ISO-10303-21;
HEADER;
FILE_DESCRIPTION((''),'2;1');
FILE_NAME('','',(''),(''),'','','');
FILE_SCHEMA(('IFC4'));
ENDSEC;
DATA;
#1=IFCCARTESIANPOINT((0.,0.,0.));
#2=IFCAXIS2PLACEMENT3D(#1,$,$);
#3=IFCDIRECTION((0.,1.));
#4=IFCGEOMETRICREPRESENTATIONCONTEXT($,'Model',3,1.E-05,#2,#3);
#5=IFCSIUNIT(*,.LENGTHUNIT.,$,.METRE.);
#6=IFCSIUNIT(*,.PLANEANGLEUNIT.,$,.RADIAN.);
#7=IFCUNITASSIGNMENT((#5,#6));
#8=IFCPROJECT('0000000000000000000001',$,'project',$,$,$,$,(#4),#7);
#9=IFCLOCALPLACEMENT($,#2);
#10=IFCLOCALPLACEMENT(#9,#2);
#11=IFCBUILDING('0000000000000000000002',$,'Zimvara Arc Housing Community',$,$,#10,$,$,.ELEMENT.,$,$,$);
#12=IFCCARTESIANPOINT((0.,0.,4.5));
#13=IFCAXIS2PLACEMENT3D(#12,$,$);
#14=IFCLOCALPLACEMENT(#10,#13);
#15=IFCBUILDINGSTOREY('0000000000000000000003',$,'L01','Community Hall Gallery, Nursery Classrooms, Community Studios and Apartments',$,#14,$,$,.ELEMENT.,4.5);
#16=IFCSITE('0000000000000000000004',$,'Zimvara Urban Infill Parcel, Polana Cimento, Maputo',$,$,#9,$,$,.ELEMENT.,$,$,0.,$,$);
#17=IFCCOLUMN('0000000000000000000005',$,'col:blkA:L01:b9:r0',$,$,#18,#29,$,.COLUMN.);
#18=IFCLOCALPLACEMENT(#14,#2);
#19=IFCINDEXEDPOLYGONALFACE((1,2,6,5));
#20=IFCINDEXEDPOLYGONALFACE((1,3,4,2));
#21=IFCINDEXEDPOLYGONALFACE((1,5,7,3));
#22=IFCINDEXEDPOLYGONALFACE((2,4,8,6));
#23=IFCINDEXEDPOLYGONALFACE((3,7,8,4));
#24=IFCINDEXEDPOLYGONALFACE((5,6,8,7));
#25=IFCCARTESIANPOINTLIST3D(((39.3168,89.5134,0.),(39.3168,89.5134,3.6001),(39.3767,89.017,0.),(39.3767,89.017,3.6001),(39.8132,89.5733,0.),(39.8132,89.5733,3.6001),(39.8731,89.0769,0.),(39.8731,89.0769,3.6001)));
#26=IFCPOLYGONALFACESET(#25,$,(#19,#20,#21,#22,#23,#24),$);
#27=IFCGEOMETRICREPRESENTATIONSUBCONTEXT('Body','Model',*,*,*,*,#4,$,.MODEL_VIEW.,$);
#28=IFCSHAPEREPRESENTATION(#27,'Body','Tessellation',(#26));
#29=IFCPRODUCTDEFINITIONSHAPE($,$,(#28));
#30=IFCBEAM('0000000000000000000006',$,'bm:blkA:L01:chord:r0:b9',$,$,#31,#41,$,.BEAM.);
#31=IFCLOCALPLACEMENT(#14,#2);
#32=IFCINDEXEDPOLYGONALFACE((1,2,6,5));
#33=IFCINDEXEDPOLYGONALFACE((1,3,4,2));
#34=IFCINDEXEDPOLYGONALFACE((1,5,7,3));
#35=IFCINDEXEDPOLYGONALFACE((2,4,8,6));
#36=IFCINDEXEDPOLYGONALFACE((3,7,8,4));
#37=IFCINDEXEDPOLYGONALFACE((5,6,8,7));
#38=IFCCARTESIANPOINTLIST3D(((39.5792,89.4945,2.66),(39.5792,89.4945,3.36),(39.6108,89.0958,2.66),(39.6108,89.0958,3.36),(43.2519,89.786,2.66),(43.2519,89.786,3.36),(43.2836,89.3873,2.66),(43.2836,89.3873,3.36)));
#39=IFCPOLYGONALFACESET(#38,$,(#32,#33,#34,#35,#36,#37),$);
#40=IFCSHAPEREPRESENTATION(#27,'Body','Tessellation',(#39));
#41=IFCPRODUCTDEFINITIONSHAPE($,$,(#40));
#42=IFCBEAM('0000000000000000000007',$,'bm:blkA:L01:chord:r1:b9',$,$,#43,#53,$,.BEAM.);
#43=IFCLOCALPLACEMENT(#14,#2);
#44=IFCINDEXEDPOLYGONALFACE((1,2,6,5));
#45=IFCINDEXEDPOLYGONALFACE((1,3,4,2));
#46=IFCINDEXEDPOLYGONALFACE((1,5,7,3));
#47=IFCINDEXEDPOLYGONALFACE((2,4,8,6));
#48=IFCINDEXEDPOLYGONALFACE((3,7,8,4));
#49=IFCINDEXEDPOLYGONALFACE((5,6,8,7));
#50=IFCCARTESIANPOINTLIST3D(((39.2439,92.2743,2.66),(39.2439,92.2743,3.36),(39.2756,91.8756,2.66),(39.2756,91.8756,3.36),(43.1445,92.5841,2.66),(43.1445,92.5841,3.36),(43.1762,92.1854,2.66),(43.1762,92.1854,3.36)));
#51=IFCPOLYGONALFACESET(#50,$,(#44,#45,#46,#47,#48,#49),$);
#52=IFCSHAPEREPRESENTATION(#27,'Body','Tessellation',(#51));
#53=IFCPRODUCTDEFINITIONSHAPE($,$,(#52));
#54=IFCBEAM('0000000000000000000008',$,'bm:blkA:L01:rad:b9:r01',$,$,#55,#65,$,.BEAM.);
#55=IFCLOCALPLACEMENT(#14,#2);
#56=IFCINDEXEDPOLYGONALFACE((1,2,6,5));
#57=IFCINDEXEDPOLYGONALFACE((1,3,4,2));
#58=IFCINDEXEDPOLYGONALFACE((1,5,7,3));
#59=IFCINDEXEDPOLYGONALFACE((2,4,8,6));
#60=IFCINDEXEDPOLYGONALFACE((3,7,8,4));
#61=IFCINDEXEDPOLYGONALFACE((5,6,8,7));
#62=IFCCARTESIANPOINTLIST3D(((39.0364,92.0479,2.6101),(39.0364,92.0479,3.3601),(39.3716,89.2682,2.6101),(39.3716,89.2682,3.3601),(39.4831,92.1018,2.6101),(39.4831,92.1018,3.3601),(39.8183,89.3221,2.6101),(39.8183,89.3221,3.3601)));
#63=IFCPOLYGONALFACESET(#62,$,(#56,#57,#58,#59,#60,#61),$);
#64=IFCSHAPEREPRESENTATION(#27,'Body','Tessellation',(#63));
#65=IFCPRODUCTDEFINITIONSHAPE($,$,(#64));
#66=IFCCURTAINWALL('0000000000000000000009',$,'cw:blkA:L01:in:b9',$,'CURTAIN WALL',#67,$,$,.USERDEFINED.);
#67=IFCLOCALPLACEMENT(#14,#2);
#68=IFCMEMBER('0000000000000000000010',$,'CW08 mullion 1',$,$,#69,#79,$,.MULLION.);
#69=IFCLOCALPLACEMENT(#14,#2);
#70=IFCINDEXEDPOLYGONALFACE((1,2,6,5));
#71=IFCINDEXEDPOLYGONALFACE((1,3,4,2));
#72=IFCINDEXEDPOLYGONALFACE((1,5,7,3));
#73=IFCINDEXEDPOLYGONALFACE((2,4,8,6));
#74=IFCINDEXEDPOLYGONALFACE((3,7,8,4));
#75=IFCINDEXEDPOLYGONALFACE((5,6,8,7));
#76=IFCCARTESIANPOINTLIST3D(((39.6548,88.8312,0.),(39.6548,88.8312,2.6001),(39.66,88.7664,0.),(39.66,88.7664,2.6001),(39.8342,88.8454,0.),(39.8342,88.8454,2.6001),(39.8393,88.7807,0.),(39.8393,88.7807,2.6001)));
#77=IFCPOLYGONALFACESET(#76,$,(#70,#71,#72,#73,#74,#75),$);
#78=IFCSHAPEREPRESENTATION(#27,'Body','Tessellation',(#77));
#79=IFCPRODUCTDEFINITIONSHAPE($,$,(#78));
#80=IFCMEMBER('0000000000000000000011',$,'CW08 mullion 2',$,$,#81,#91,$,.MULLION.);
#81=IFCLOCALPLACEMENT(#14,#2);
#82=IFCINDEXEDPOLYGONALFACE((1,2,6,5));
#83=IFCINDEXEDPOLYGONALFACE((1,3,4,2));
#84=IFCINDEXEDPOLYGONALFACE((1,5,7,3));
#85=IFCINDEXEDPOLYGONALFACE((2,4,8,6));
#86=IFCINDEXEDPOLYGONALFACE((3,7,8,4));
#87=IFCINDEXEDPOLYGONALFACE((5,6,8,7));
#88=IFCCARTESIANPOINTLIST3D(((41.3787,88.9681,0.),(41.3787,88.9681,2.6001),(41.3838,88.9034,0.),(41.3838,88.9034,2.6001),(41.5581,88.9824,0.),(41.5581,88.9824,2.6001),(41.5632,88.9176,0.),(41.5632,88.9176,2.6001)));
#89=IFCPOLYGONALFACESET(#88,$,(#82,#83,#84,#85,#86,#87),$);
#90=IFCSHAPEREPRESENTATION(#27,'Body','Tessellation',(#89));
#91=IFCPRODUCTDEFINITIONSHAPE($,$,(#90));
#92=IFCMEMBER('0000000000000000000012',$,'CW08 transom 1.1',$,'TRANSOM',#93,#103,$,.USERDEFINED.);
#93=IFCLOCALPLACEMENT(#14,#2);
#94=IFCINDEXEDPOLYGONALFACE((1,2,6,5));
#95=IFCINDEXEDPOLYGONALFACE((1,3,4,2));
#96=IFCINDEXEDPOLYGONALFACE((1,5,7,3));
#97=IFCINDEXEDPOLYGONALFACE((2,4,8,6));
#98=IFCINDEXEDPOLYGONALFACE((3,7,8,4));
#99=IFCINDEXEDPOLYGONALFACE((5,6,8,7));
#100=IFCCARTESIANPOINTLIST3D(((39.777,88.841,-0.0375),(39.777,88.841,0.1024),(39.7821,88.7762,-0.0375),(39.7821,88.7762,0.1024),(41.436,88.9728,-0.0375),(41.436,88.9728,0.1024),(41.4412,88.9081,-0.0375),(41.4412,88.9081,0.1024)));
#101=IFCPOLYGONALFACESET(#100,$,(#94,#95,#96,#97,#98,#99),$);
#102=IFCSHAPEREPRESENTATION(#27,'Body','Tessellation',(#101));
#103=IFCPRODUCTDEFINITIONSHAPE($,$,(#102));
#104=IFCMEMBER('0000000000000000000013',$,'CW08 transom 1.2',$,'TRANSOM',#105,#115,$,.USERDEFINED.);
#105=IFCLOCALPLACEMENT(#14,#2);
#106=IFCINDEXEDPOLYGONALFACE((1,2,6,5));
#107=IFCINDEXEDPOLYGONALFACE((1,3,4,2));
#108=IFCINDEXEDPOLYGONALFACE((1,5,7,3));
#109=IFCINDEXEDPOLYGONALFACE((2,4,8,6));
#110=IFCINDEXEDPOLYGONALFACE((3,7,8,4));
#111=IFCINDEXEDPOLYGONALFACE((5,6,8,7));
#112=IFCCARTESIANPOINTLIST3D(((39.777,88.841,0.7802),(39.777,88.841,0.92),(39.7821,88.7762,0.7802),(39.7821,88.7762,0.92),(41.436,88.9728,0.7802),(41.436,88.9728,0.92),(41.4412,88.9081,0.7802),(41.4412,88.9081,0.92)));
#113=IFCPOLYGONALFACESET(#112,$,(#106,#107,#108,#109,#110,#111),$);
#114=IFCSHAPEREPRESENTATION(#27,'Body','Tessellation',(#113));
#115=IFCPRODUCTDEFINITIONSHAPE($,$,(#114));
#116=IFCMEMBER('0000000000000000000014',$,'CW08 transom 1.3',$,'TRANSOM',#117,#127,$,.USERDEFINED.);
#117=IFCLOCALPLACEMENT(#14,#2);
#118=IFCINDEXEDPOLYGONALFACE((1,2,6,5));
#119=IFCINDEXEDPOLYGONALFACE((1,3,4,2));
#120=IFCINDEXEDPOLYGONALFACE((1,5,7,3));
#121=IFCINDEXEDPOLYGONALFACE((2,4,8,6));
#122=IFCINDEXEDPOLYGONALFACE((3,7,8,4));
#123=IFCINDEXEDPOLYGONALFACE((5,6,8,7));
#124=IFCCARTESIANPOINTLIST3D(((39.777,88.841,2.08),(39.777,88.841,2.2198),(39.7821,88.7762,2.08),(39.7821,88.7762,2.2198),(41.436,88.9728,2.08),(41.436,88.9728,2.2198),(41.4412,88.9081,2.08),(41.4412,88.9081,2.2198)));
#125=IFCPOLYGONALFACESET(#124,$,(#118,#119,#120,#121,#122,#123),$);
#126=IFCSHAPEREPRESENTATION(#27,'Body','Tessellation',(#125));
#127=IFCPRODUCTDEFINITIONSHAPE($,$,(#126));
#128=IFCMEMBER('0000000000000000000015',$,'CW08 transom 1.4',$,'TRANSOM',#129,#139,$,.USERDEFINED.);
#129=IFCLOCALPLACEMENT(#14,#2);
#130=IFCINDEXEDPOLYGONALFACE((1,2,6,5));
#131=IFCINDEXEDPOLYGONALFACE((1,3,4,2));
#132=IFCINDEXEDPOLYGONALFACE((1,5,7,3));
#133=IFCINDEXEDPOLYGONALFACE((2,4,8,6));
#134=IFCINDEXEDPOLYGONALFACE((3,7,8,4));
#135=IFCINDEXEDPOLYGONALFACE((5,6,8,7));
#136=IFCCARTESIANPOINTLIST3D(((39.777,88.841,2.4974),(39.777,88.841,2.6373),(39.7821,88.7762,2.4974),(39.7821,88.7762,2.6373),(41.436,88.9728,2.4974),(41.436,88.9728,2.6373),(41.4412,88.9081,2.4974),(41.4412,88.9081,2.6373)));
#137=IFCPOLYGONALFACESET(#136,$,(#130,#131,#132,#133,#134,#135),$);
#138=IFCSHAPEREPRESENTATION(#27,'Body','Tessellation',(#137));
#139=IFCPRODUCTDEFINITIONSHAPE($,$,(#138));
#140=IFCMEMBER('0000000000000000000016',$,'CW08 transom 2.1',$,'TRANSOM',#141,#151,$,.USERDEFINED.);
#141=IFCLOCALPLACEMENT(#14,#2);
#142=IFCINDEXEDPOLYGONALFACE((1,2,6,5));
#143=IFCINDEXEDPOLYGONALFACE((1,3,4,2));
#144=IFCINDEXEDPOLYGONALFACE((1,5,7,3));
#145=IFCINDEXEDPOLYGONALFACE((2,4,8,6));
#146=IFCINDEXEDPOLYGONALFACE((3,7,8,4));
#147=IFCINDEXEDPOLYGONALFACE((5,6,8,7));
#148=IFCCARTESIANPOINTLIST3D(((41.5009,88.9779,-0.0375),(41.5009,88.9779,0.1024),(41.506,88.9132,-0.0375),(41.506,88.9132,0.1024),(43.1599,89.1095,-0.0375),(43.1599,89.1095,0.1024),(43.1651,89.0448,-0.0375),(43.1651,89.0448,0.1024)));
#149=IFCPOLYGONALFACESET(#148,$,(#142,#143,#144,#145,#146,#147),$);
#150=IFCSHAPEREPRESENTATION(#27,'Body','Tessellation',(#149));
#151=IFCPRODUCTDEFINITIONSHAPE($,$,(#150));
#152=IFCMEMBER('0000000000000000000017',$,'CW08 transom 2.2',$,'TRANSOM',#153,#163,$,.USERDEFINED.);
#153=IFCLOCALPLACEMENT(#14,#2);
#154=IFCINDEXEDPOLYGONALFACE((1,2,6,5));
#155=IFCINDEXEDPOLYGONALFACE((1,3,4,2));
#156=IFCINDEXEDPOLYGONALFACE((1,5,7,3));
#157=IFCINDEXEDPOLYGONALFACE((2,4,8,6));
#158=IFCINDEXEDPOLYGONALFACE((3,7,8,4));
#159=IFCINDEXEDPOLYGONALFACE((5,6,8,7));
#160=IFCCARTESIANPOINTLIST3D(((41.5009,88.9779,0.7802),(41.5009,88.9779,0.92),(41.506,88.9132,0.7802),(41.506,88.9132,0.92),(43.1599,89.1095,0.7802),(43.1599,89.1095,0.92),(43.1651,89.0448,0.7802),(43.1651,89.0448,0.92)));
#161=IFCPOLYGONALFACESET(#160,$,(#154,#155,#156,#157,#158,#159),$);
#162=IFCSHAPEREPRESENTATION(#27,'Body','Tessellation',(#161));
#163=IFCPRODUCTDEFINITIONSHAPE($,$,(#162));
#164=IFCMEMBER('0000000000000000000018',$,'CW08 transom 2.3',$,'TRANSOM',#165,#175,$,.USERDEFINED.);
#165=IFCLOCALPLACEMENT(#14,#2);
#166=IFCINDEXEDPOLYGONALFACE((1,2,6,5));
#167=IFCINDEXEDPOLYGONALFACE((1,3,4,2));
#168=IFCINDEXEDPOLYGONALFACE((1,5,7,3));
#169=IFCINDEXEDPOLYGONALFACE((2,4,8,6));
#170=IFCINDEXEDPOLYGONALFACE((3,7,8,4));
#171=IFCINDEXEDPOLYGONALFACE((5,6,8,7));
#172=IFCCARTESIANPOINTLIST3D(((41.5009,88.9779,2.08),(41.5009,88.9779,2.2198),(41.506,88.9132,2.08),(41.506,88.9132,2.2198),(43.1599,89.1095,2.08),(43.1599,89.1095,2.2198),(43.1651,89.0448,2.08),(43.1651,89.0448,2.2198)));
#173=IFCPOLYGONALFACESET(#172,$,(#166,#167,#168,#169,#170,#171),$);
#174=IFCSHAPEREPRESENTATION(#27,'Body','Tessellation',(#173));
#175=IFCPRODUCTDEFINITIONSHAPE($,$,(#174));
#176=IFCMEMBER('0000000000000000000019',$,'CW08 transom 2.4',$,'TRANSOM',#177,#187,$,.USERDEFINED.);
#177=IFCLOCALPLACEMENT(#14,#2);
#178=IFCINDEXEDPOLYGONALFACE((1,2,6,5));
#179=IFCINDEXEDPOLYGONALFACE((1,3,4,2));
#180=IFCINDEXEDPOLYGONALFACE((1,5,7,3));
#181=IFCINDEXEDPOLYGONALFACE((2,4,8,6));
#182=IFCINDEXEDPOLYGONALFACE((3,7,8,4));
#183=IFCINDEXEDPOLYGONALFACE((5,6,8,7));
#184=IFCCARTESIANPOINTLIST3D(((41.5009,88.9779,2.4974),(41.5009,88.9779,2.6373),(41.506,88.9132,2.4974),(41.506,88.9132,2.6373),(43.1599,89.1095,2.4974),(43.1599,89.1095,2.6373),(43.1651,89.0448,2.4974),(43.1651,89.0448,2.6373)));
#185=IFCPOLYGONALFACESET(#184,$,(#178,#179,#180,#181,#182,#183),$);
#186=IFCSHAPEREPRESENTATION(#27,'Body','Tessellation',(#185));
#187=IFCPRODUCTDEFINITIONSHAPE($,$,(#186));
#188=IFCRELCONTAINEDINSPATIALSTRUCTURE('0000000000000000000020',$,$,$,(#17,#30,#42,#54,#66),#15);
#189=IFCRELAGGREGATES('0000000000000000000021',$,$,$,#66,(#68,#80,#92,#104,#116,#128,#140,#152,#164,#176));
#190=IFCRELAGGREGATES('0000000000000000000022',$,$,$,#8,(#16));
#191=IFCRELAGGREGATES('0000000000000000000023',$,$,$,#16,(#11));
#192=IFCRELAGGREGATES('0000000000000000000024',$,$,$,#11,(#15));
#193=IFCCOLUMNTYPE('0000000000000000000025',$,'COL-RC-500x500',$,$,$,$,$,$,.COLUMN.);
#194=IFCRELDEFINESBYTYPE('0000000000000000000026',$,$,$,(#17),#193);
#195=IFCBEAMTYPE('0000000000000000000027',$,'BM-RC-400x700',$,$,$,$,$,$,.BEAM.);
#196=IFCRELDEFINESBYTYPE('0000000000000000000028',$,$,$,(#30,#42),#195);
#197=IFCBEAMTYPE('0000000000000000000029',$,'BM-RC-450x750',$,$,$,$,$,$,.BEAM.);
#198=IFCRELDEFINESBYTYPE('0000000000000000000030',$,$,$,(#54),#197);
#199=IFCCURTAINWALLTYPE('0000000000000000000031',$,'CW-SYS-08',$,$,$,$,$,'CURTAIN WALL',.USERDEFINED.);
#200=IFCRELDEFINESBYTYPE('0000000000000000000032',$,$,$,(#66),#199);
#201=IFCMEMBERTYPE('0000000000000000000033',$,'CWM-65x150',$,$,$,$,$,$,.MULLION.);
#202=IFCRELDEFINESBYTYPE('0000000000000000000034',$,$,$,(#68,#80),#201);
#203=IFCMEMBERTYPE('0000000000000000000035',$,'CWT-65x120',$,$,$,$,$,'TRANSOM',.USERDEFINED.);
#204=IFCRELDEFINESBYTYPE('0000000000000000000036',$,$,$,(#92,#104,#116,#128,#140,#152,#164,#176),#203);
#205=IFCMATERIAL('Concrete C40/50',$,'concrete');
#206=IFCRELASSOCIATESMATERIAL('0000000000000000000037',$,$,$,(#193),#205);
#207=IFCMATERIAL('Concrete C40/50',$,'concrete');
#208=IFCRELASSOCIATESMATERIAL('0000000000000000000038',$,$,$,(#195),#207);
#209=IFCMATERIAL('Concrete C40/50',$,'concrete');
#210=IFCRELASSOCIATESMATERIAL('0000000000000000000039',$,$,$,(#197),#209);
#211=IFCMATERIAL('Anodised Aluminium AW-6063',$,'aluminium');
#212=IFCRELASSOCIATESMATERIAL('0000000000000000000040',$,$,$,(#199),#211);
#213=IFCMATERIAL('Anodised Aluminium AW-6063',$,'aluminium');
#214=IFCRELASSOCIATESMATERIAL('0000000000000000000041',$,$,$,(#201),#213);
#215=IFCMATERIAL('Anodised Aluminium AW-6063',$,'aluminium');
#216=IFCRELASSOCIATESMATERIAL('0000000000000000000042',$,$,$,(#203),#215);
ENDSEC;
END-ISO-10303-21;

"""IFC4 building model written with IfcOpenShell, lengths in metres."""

from ifc_helpers import new_model, si_unit, direction, frame, origin, origin_2d, place, context, subcontext, project, spatial, rectangle, extrude, material, material_profile, profile_set, type_object, element, aggregate, save


model = new_model("IFC4")

# Units and contexts
model_context = context("Model", 3, precision=1e-05, world=origin(), true_north=direction((0.0, 1.0)))
body_context = subcontext(model_context, "Body", "Model", "MODEL_VIEW")
ifc_project = project(units=[si_unit("LENGTHUNIT", "METRE"), si_unit("PLANEANGLEUNIT", "RADIAN")], contexts=[model_context])

# Site, building, storey
site_placement = place(None, origin())
site = spatial("IfcSite", under=ifc_project, at=site_placement, Name="Zimvara Urban Infill Parcel, Polana Cimento, Maputo", CompositionType="ELEMENT", RefElevation=0.0)
building_placement = place(site_placement, origin())
building = spatial("IfcBuilding", under=site, at=building_placement, Name="Zimvara Arc Housing Community", CompositionType="ELEMENT")
storey_placement = place(building_placement, frame((0.0, 0.0, 4.5)))
storey = spatial("IfcBuildingStorey", under=building, at=storey_placement, Name="L01", Description="Community Hall Gallery, Nursery Classrooms, Community Studios and Apartments", CompositionType="ELEMENT", Elevation=4.5)

# Column
ifc_material_1 = material(Name="Concrete C40/50", Category="concrete")
ifc_material_profile_1 = material_profile(ifc_material_1, rectangle(XDim=0.5, YDim=0.5, at=origin_2d()), Name="RC 500x500")
ifc_profile_set_1 = profile_set([ifc_material_profile_1], Name="Concrete C40/50")
column_type = type_object("IfcColumnType", Name="COL-RC-500x500", PredefinedType="COLUMN", material=ifc_profile_set_1)
column_placement = place(storey_placement, frame((39.595, 89.2952, 0.0), z_axis=(0.0, 0.0, 1.0), x_axis=(-0.11979, 0.992799, 0.0)))
element("IfcColumn", 1, at=column_placement, inside=storey, type_object=column_type, Name="col:blkA:L01:b9:r0", PredefinedType="COLUMN", context=body_context, shape_type="SweptSolid", body=[
    extrude(rectangle(XDim=0.5, YDim=0.5, at=origin_2d()), origin(), (0.0, 0.0, 1.0), 3.6001),
])

# Beams
ifc_material_2 = material(Name="Concrete C40/50", Category="concrete")
ifc_material_profile_2 = material_profile(ifc_material_2, rectangle(XDim=0.3999, YDim=0.7, at=origin_2d()), Name="RC 400x700")
ifc_profile_set_2 = profile_set([ifc_material_profile_2], Name="Concrete C40/50")
beam_type_1 = type_object("IfcBeamType", Name="BM-RC-400x700", PredefinedType="BEAM", material=ifc_profile_set_2)
beam_1_placement = place(storey_placement, frame((39.595, 89.2952, 3.01), z_axis=(0.996865, 0.079118, 0.0), x_axis=(-0.079118, 0.996865, 0.0)))
element("IfcBeam", 2, at=beam_1_placement, inside=storey, type_object=beam_type_1, Name="bm:blkA:L01:chord:r0:b9", PredefinedType="BEAM", context=body_context, shape_type="SweptSolid", body=[
    extrude(rectangle(XDim=0.3999, YDim=0.7, at=origin_2d()), origin(), (0.0, 0.0, 1.0), 3.6843),
])
beam_2_placement = place(storey_placement, frame((39.2598, 92.075, 3.01), z_axis=(0.996861, 0.079177, 0.0), x_axis=(-0.079177, 0.996861, 0.0)))
element("IfcBeam", 3, at=beam_2_placement, inside=storey, type_object=beam_type_1, Name="bm:blkA:L01:chord:r1:b9", PredefinedType="BEAM", context=body_context, shape_type="SweptSolid", body=[
    extrude(rectangle(XDim=0.3999, YDim=0.7, at=origin_2d()), origin(), (0.0, 0.0, 1.0), 3.9128),
])
ifc_material_3 = material(Name="Concrete C40/50", Category="concrete")
ifc_material_profile_3 = material_profile(ifc_material_3, rectangle(XDim=0.45, YDim=0.75, at=origin_2d()), Name="RC 450x750")
ifc_profile_set_3 = profile_set([ifc_material_profile_3], Name="Concrete C40/50")
beam_type_2 = type_object("IfcBeamType", Name="BM-RC-450x750", PredefinedType="BEAM", material=ifc_profile_set_3)
beam_3_placement = place(storey_placement, frame((39.595, 89.2952, 2.9851), z_axis=(-0.119719, 0.992808, 0.0), x_axis=(-0.992808, -0.119719, 0.0)))
element("IfcBeam", 4, at=beam_3_placement, inside=storey, type_object=beam_type_2, Name="bm:blkA:L01:rad:b9:r01", PredefinedType="BEAM", context=body_context, shape_type="SweptSolid", body=[
    extrude(rectangle(XDim=0.45, YDim=0.75, at=origin_2d()), origin(), (0.0, 0.0, 1.0), 2.7998),
])

# Curtain wall, members
ifc_material_4 = material(Name="Anodised Aluminium AW-6063", Category="aluminium")
curtain_wall_type = type_object("IfcCurtainWallType", Name="CW-SYS-08", ElementType="CURTAIN WALL", PredefinedType="USERDEFINED", material=ifc_material_4)
curtain_wall_placement = place(storey_placement, origin())
curtain_wall = element("IfcCurtainWall", 5, at=curtain_wall_placement, inside=storey, type_object=curtain_wall_type, Name="cw:blkA:L01:in:b9", ObjectType="CURTAIN WALL", PredefinedType="USERDEFINED")
ifc_material_5 = material(Name="Anodised Aluminium AW-6063", Category="aluminium")
ifc_material_profile_4 = material_profile(ifc_material_5, rectangle(XDim=0.0649, YDim=0.1799, at=origin_2d()), Name="ALU 65x180")
ifc_profile_set_4 = profile_set([ifc_material_profile_4], Name="Anodised Aluminium AW-6063")
member_type_1 = type_object("IfcMemberType", Name="CWM-65x150", PredefinedType="MULLION", material=ifc_profile_set_4)
member_1_placement = place(storey_placement, frame((39.7471, 88.8059, 0.0), z_axis=(0.0, 0.0, 1.0), x_axis=(-0.079155, 0.996862, 0.0)))
member_1 = element("IfcMember", 6, at=member_1_placement, type_object=member_type_1, Name="CW08 mullion 1", PredefinedType="MULLION", context=body_context, shape_type="SweptSolid", body=[
    extrude(rectangle(XDim=0.0649, YDim=0.1799, at=origin_2d()), origin(), (0.0, 0.0, 1.0), 2.6001),
])
member_2_placement = place(storey_placement, frame((41.4709, 88.9429, 0.0), z_axis=(0.0, 0.0, 1.0), x_axis=(-0.079155, 0.996862, 0.0)))
member_2 = element("IfcMember", 7, at=member_2_placement, type_object=member_type_1, Name="CW08 mullion 2", PredefinedType="MULLION", context=body_context, shape_type="SweptSolid", body=[
    extrude(rectangle(XDim=0.0649, YDim=0.1799, at=origin_2d()), origin(), (0.0, 0.0, 1.0), 2.6001),
])
ifc_material_6 = material(Name="Anodised Aluminium AW-6063", Category="aluminium")
ifc_material_profile_5 = material_profile(ifc_material_6, rectangle(XDim=0.0649, YDim=0.1399, at=origin_2d()), Name="ALU 65x140")
ifc_profile_set_5 = profile_set([ifc_material_profile_5], Name="Anodised Aluminium AW-6063")
member_type_2 = type_object("IfcMemberType", Name="CWT-65x120", ElementType="TRANSOM", PredefinedType="USERDEFINED", material=ifc_profile_set_5)
member_3_placement = place(storey_placement, frame((39.7795, 88.8086, 0.0325), z_axis=(0.996858, 0.079209, 0.0), x_axis=(-0.079209, 0.996858, 0.0)))
member_3 = element("IfcMember", 8, at=member_3_placement, type_object=member_type_2, Name="CW08 transom 1.1", ObjectType="TRANSOM", PredefinedType="USERDEFINED", context=body_context, shape_type="SweptSolid", body=[
    extrude(rectangle(XDim=0.0649, YDim=0.1399, at=origin_2d()), origin(), (0.0, 0.0, 1.0), 1.6643),
])
member_4_placement = place(storey_placement, frame((39.7795, 88.8086, 0.8501), z_axis=(0.996858, 0.079209, 0.0), x_axis=(-0.079209, 0.996858, 0.0)))
member_4 = element("IfcMember", 9, at=member_4_placement, type_object=member_type_2, Name="CW08 transom 1.2", ObjectType="TRANSOM", PredefinedType="USERDEFINED", context=body_context, shape_type="SweptSolid", body=[
    extrude(rectangle(XDim=0.0649, YDim=0.1399, at=origin_2d()), origin(), (0.0, 0.0, 1.0), 1.6643),
])
member_5_placement = place(storey_placement, frame((39.7795, 88.8086, 2.1499), z_axis=(0.996858, 0.079209, 0.0), x_axis=(-0.079209, 0.996858, 0.0)))
member_5 = element("IfcMember", 10, at=member_5_placement, type_object=member_type_2, Name="CW08 transom 1.3", ObjectType="TRANSOM", PredefinedType="USERDEFINED", context=body_context, shape_type="SweptSolid", body=[
    extrude(rectangle(XDim=0.0649, YDim=0.1399, at=origin_2d()), origin(), (0.0, 0.0, 1.0), 1.6643),
])
member_6_placement = place(storey_placement, frame((39.7795, 88.8086, 2.5674), z_axis=(0.996858, 0.079209, 0.0), x_axis=(-0.079209, 0.996858, 0.0)))
member_6 = element("IfcMember", 11, at=member_6_placement, type_object=member_type_2, Name="CW08 transom 1.4", ObjectType="TRANSOM", PredefinedType="USERDEFINED", context=body_context, shape_type="SweptSolid", body=[
    extrude(rectangle(XDim=0.0649, YDim=0.1399, at=origin_2d()), origin(), (0.0, 0.0, 1.0), 1.6643),
])
member_7_placement = place(storey_placement, frame((41.5034, 88.9456, 0.0325), z_axis=(0.99687, 0.079063, 0.0), x_axis=(-0.079063, 0.99687, 0.0)))
member_7 = element("IfcMember", 12, at=member_7_placement, type_object=member_type_2, Name="CW08 transom 2.1", ObjectType="TRANSOM", PredefinedType="USERDEFINED", context=body_context, shape_type="SweptSolid", body=[
    extrude(rectangle(XDim=0.0649, YDim=0.1399, at=origin_2d()), origin(), (0.0, 0.0, 1.0), 1.6643),
])
member_8_placement = place(storey_placement, frame((41.5034, 88.9456, 0.8501), z_axis=(0.99687, 0.079063, 0.0), x_axis=(-0.079063, 0.99687, 0.0)))
member_8 = element("IfcMember", 13, at=member_8_placement, type_object=member_type_2, Name="CW08 transom 2.2", ObjectType="TRANSOM", PredefinedType="USERDEFINED", context=body_context, shape_type="SweptSolid", body=[
    extrude(rectangle(XDim=0.0649, YDim=0.1399, at=origin_2d()), origin(), (0.0, 0.0, 1.0), 1.6643),
])
member_9_placement = place(storey_placement, frame((41.5034, 88.9456, 2.1499), z_axis=(0.99687, 0.079063, 0.0), x_axis=(-0.079063, 0.99687, 0.0)))
member_9 = element("IfcMember", 14, at=member_9_placement, type_object=member_type_2, Name="CW08 transom 2.3", ObjectType="TRANSOM", PredefinedType="USERDEFINED", context=body_context, shape_type="SweptSolid", body=[
    extrude(rectangle(XDim=0.0649, YDim=0.1399, at=origin_2d()), origin(), (0.0, 0.0, 1.0), 1.6643),
])
member_10_placement = place(storey_placement, frame((41.5034, 88.9456, 2.5674), z_axis=(0.99687, 0.079063, 0.0), x_axis=(-0.079063, 0.99687, 0.0)))
member_10 = element("IfcMember", 15, at=member_10_placement, type_object=member_type_2, Name="CW08 transom 2.4", ObjectType="TRANSOM", PredefinedType="USERDEFINED", context=body_context, shape_type="SweptSolid", body=[
    extrude(rectangle(XDim=0.0649, YDim=0.1399, at=origin_2d()), origin(), (0.0, 0.0, 1.0), 1.6643),
])
aggregate(curtain_wall, [member_1, member_2, member_3, member_4, member_5, member_6, member_7, member_8, member_9, member_10])

save(model, "model.ifc")
